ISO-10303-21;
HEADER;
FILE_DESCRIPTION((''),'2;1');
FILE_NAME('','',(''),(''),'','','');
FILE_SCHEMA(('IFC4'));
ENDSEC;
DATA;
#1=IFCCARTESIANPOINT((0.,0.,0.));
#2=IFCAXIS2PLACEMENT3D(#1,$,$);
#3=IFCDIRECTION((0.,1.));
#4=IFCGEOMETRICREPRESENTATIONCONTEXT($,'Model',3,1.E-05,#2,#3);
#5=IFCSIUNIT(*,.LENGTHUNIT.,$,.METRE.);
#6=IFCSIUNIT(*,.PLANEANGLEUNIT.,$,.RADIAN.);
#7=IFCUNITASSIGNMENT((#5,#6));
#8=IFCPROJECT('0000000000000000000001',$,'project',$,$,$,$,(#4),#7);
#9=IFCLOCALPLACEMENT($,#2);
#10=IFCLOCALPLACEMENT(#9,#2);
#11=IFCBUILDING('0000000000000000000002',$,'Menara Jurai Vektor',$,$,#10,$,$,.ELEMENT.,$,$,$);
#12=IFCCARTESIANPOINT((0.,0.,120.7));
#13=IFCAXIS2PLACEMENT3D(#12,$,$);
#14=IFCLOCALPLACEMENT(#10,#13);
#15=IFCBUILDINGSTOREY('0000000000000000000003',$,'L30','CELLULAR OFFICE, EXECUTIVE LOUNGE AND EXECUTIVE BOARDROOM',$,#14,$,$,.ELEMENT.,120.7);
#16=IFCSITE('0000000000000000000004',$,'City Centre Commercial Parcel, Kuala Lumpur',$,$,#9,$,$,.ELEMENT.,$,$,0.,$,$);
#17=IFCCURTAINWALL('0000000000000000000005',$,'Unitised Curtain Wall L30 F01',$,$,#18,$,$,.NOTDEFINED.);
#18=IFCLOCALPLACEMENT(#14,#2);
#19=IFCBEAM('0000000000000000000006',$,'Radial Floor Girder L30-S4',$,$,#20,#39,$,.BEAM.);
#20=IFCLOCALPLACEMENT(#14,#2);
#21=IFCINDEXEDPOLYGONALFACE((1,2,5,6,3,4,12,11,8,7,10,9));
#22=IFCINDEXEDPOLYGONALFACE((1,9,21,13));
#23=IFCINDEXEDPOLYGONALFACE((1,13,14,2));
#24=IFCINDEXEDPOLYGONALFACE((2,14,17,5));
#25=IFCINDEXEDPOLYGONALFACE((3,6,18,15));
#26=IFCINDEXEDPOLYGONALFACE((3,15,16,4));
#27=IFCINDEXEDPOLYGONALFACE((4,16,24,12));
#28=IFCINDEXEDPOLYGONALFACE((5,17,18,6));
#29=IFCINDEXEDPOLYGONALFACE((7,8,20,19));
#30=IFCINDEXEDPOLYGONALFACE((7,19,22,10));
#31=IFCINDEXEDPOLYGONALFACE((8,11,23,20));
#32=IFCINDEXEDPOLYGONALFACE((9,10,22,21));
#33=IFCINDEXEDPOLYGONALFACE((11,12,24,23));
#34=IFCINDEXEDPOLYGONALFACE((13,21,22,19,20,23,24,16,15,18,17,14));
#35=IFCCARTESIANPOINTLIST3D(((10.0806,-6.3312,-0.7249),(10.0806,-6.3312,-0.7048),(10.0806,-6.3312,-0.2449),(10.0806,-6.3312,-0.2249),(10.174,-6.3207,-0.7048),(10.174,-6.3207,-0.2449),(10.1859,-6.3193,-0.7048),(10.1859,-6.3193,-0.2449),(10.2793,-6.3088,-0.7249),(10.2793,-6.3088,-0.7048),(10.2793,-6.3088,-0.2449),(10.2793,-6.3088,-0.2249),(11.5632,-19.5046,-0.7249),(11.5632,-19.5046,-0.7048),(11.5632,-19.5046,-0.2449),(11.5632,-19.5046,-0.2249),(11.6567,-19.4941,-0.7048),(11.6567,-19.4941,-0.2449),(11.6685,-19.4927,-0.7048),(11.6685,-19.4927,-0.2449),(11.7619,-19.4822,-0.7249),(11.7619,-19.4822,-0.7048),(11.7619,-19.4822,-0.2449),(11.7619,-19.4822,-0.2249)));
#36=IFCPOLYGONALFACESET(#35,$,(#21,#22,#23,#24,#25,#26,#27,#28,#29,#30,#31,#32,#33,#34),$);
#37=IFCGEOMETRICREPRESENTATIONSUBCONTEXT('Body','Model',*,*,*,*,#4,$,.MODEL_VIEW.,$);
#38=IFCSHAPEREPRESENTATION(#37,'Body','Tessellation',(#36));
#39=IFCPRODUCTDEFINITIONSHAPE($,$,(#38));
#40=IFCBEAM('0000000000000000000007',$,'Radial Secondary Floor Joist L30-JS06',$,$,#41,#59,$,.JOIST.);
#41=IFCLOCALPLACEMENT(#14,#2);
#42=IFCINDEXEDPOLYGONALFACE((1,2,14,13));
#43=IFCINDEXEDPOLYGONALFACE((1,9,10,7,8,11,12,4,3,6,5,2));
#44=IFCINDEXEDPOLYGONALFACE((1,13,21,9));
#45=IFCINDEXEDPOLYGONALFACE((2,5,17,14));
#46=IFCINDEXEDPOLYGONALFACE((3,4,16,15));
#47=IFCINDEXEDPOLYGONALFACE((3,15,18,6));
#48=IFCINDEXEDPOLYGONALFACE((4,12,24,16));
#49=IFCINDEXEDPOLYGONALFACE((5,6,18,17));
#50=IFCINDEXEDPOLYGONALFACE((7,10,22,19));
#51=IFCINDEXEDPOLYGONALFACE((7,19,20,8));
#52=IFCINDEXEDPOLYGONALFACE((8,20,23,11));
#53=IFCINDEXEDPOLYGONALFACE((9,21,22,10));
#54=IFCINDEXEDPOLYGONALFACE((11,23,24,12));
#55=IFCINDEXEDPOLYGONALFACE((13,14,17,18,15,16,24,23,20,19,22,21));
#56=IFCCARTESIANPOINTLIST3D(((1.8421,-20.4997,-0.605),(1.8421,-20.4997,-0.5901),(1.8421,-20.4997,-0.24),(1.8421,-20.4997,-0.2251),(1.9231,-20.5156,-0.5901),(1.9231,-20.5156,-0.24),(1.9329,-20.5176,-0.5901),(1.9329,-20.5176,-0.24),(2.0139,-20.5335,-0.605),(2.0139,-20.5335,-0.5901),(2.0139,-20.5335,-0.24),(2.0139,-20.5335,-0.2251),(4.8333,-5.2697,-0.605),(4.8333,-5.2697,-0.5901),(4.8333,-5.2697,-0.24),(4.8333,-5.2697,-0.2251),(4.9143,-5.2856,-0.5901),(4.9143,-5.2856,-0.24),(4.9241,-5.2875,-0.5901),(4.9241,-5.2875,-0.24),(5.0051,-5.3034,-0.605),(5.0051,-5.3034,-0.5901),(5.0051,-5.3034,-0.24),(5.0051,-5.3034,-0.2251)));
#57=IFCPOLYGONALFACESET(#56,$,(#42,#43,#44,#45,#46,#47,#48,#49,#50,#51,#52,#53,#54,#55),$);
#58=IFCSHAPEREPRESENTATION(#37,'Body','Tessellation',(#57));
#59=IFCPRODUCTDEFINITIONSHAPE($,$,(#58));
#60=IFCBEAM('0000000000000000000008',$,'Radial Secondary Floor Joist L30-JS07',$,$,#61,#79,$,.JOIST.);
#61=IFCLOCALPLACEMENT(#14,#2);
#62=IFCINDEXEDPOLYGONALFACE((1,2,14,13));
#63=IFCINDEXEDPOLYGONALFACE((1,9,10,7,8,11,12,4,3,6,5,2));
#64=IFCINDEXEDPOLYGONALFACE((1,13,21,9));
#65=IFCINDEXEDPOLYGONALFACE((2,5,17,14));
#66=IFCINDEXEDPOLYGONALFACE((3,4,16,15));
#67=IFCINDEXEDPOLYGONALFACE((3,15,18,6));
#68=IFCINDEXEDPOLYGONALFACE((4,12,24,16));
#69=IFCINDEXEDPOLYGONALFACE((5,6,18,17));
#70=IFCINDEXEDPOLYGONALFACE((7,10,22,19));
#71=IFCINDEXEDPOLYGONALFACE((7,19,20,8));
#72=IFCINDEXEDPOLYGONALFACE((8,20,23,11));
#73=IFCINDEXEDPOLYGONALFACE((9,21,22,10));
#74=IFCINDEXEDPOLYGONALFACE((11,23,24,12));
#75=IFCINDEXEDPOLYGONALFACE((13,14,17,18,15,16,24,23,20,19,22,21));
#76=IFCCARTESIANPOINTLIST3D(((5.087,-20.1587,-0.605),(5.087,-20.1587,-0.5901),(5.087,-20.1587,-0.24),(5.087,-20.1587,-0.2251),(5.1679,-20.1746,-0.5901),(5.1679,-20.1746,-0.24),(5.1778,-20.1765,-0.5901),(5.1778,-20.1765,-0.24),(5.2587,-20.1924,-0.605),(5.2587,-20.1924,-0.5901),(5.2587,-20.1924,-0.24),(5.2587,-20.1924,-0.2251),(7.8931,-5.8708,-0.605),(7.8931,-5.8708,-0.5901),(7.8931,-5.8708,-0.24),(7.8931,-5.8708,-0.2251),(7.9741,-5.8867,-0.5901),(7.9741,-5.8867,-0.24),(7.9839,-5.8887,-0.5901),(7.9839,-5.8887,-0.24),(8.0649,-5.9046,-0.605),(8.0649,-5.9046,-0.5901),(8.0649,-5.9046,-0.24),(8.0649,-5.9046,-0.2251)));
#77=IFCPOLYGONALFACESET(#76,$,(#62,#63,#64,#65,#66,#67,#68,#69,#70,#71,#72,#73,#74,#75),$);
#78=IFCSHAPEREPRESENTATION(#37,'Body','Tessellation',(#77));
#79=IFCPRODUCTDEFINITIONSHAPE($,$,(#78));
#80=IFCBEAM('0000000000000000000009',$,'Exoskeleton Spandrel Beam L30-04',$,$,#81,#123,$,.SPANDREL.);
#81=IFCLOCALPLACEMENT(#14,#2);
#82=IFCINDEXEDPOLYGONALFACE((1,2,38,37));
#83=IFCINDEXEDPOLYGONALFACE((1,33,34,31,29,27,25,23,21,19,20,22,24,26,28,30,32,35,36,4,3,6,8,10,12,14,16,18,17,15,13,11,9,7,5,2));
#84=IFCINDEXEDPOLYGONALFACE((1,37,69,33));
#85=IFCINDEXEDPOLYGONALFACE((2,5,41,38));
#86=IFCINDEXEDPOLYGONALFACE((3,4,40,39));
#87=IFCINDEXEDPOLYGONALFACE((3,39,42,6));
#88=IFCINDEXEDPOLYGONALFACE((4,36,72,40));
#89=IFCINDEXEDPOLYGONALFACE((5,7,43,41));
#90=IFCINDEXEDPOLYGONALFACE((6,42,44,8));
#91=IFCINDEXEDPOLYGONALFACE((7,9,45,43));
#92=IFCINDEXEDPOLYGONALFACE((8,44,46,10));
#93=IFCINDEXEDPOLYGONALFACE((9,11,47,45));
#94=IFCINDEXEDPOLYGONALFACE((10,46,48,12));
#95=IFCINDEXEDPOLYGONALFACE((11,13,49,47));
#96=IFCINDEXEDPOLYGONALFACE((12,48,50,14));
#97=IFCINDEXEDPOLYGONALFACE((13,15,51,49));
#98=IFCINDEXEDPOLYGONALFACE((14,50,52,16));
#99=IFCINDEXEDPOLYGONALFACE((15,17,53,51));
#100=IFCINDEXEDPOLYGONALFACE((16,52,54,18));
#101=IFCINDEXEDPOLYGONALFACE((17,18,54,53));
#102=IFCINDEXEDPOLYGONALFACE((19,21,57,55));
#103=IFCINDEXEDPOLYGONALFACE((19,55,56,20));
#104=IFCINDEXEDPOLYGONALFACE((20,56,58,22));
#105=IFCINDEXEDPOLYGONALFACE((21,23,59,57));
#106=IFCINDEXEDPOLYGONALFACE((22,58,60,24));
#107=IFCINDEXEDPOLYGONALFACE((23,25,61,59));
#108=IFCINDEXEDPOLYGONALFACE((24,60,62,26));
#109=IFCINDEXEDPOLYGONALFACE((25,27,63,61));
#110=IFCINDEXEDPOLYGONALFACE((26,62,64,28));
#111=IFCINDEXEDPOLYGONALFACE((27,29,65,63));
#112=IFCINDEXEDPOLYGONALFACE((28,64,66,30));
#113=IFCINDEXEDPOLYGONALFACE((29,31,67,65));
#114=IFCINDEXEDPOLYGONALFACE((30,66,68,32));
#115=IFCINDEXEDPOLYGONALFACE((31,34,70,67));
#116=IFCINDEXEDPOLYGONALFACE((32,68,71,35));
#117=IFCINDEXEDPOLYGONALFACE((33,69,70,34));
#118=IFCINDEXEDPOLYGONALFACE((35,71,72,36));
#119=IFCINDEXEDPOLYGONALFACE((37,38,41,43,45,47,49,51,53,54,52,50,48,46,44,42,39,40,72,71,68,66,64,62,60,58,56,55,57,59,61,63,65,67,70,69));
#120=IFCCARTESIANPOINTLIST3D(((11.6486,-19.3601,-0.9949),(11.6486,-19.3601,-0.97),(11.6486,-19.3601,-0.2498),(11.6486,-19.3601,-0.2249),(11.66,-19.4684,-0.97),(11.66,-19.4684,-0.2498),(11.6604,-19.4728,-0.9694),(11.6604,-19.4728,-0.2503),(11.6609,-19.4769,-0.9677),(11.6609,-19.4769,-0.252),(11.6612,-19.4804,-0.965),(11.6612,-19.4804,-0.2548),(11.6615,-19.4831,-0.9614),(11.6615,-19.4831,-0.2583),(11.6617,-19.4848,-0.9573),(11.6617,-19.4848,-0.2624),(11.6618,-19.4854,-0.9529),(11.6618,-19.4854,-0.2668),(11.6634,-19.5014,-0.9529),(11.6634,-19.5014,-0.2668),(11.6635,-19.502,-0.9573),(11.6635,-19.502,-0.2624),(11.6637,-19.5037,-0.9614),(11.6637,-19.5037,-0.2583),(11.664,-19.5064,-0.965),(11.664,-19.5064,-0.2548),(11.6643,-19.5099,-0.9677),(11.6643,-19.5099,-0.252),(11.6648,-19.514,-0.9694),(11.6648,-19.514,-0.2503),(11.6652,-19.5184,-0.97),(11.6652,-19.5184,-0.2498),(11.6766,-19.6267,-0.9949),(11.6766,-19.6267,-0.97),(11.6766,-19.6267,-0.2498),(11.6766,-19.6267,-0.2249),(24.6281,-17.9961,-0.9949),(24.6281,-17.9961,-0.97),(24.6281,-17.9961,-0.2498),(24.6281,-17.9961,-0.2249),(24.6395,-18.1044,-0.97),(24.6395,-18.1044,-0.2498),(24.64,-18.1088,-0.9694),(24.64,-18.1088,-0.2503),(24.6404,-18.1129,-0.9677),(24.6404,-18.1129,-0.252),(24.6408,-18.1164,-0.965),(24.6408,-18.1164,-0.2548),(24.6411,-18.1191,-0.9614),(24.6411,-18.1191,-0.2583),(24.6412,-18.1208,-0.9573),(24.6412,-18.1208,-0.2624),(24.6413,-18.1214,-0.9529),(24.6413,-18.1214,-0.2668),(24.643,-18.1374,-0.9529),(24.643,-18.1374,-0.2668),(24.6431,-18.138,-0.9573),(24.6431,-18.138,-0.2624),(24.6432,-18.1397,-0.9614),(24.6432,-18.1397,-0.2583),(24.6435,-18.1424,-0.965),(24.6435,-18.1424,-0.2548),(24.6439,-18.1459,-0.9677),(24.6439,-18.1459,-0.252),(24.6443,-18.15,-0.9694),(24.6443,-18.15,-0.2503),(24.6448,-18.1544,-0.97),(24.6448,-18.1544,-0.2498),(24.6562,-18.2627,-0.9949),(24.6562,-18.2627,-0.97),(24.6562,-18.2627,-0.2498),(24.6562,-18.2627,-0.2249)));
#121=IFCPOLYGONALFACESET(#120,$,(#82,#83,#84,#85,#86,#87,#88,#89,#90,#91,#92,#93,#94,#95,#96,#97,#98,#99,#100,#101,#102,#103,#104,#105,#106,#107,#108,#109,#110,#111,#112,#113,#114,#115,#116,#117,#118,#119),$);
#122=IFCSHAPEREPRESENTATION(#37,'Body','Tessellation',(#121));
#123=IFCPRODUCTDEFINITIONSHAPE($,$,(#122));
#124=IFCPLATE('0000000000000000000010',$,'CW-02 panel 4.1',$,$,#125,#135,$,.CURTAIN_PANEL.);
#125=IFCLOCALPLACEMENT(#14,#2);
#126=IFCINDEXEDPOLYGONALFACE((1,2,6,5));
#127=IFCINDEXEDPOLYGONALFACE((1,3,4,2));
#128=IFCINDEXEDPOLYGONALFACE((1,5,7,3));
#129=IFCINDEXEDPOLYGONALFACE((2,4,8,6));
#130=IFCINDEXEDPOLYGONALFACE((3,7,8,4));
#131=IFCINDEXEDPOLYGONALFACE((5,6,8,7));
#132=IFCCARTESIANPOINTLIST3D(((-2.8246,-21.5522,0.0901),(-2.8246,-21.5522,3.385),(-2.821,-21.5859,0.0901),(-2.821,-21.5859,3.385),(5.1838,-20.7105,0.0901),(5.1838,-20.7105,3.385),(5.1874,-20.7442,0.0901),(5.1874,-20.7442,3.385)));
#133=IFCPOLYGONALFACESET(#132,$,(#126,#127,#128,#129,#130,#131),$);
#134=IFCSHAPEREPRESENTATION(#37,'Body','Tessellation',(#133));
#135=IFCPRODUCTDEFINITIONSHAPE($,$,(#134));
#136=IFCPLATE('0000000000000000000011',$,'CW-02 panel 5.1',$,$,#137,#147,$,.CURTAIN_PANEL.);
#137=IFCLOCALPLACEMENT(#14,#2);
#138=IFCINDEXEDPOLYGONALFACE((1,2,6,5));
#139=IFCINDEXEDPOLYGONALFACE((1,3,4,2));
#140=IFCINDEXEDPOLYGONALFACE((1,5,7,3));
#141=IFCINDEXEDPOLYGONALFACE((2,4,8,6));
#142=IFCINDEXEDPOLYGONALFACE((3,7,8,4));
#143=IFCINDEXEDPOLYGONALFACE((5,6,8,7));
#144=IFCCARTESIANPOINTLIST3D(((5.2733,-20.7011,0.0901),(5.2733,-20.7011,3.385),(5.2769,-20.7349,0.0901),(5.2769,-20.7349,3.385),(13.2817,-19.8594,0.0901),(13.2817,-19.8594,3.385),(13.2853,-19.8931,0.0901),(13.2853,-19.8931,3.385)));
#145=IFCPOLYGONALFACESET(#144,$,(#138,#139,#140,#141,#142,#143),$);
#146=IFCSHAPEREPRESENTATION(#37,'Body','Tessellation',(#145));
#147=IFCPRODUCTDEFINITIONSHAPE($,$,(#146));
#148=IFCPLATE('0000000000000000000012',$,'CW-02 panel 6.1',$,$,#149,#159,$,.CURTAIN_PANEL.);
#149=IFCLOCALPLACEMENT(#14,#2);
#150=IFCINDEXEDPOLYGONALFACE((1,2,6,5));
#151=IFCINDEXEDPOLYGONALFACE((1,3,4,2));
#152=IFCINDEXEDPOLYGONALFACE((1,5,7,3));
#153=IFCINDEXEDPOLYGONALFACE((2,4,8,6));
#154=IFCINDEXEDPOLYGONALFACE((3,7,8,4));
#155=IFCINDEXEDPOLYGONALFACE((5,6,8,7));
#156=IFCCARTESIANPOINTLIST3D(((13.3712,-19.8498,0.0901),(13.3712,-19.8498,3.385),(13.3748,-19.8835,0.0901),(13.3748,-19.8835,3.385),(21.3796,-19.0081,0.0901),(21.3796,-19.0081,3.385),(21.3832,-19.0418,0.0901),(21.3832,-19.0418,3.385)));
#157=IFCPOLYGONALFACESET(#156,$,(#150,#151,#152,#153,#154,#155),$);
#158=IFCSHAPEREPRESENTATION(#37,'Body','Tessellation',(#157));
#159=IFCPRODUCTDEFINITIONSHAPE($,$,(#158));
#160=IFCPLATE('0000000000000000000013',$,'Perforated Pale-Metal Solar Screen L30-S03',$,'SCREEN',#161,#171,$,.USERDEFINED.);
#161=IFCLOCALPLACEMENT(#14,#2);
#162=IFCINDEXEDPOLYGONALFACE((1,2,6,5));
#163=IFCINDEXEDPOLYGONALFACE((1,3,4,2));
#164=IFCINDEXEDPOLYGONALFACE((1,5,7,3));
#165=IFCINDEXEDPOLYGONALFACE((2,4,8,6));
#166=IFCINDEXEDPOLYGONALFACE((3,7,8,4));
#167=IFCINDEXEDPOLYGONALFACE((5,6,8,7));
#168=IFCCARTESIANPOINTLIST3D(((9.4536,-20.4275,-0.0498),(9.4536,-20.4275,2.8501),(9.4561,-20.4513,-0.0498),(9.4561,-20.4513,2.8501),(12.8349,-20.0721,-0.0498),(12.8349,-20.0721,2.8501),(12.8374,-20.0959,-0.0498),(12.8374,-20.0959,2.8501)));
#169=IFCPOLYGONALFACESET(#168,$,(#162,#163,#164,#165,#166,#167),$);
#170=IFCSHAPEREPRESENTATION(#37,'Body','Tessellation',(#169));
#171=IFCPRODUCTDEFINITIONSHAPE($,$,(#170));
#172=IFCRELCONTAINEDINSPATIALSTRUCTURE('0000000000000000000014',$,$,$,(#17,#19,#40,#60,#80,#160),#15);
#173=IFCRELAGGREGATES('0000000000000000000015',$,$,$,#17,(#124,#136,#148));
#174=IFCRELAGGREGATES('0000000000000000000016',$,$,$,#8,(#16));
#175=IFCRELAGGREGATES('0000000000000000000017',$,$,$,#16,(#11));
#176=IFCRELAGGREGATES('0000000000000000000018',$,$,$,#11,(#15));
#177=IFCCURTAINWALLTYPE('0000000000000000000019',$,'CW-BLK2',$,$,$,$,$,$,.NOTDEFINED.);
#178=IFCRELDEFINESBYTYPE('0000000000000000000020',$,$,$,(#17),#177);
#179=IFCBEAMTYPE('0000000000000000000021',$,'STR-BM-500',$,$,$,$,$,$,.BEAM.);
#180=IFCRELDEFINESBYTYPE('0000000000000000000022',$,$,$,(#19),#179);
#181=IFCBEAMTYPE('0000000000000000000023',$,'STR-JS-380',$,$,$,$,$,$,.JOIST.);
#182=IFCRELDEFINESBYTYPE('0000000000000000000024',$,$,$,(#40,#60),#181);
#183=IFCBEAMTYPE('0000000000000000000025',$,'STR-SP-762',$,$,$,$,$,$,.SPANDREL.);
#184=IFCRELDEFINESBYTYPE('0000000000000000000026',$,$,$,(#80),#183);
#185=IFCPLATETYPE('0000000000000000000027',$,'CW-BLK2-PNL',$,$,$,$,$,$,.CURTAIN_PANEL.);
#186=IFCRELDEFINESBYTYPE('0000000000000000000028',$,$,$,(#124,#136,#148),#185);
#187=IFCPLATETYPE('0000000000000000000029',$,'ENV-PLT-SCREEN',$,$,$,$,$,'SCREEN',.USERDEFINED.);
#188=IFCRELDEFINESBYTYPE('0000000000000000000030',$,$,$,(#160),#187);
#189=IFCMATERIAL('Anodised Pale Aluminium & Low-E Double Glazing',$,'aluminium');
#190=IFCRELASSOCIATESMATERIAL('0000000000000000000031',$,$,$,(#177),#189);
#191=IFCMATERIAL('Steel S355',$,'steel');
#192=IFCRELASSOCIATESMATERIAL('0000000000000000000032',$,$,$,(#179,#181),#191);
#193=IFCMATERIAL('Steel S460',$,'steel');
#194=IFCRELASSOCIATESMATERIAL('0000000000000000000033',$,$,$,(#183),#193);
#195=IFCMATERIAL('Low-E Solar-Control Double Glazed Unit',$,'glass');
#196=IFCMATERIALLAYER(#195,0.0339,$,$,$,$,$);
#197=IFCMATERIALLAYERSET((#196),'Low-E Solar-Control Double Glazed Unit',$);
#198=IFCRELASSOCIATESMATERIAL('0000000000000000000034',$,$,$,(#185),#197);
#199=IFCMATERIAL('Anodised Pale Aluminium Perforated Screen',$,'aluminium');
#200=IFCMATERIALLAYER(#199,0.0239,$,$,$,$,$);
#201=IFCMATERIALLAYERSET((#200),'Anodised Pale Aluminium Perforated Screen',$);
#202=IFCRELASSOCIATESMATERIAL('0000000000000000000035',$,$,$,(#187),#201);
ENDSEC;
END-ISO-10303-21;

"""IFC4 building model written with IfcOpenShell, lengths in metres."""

from ifc_helpers import new_model, si_unit, direction, frame, origin, origin_2d, place, context, subcontext, project, spatial, rectangle, i_section, extrude, material, layer, layer_set, material_profile, profile_set, type_object, element, aggregate, save


model = new_model("IFC4")

# Units and contexts
model_context = context("Model", 3, precision=1e-05, world=origin(), true_north=direction((0.0, 1.0)))
body_context = subcontext(model_context, "Body", "Model", "MODEL_VIEW")
ifc_project = project(units=[si_unit("LENGTHUNIT", "METRE"), si_unit("PLANEANGLEUNIT", "RADIAN")], contexts=[model_context])

# Site, building, storey
site_placement = place(None, origin())
site = spatial("IfcSite", under=ifc_project, at=site_placement, Name="City Centre Commercial Parcel, Kuala Lumpur", CompositionType="ELEMENT", RefElevation=0.0)
building_placement = place(site_placement, origin())
building = spatial("IfcBuilding", under=site, at=building_placement, Name="Menara Jurai Vektor", CompositionType="ELEMENT")
storey_placement = place(building_placement, frame((0.0, 0.0, 120.7)))
storey = spatial("IfcBuildingStorey", under=building, at=storey_placement, Name="L30", Description="CELLULAR OFFICE, EXECUTIVE LOUNGE AND EXECUTIVE BOARDROOM", CompositionType="ELEMENT", Elevation=120.7)

# Shared definitions
ifc_material_1 = material(Name="Steel S460", Category="steel")

# Curtain wall
ifc_material_2 = material(Name="Anodised Pale Aluminium & Low-E Double Glazing", Category="aluminium")
curtain_wall_type = type_object("IfcCurtainWallType", Name="CW-BLK2", PredefinedType="NOTDEFINED", material=ifc_material_2)
curtain_wall_placement = place(storey_placement, origin())
curtain_wall = element("IfcCurtainWall", 1, at=curtain_wall_placement, inside=storey, type_object=curtain_wall_type, Name="Unitised Curtain Wall L30 F01", PredefinedType="NOTDEFINED")

# Beams
ifc_material_3 = material(Name="Steel S355", Category="steel")
ifc_material_profile_1 = material_profile(ifc_material_3, i_section(OverallWidth=0.2, OverallDepth=0.5, WebThickness=0.012, FlangeThickness=0.02, at=origin_2d()), Name="PG 500x200x96")
ifc_profile_set_1 = profile_set([ifc_material_profile_1], Name="Steel S355")
beam_type_1 = type_object("IfcBeamType", Name="STR-BM-500", PredefinedType="BEAM", material=ifc_profile_set_1)
beam_1_placement = place(storey_placement, frame((11.6626, -19.4934, -0.4749), z_axis=(-0.111844, 0.993726, 0.0), x_axis=(-0.993726, -0.111844, 0.0)))
element("IfcBeam", 2, at=beam_1_placement, inside=storey, type_object=beam_type_1, Name="Radial Floor Girder L30-S4", PredefinedType="BEAM", context=body_context, shape_type="SweptSolid", body=[
    extrude(i_section(OverallWidth=0.2, OverallDepth=0.5, WebThickness=0.012, FlangeThickness=0.02, at=origin_2d()), origin(), (0.0, 0.0, 1.0), 13.2566),
])
ifc_material_profile_2 = material_profile(ifc_material_3, i_section(OverallWidth=0.175, OverallDepth=0.3799, WebThickness=0.01, FlangeThickness=0.0149, at=origin_2d()), Name="PG 380x175x58")
ifc_profile_set_2 = profile_set([ifc_material_profile_2], Name="Steel S355")
beam_type_2 = type_object("IfcBeamType", Name="STR-JS-380", PredefinedType="JOIST", material=ifc_profile_set_2)
beam_2_placement = place(storey_placement, frame((1.928, -20.5166, -0.415), z_axis=(0.192721, 0.981254, 0.0), x_axis=(-0.981254, 0.192721, 0.0)))
element("IfcBeam", 3, at=beam_2_placement, inside=storey, type_object=beam_type_2, Name="Radial Secondary Floor Joist L30-JS06", PredefinedType="JOIST", context=body_context, shape_type="SweptSolid", body=[
    extrude(i_section(OverallWidth=0.175, OverallDepth=0.3799, WebThickness=0.01, FlangeThickness=0.0149, at=origin_2d()), origin(), (0.0, 0.0, 1.0), 15.521),
])
beam_3_placement = place(storey_placement, frame((5.1729, -20.1755, -0.415), z_axis=(0.19272, 0.981254, 0.0), x_axis=(-0.981254, 0.19272, 0.0)))
element("IfcBeam", 4, at=beam_3_placement, inside=storey, type_object=beam_type_2, Name="Radial Secondary Floor Joist L30-JS07", PredefinedType="JOIST", context=body_context, shape_type="SweptSolid", body=[
    extrude(i_section(OverallWidth=0.175, OverallDepth=0.3799, WebThickness=0.01, FlangeThickness=0.0149, at=origin_2d()), origin(), (0.0, 0.0, 1.0), 14.5608),
])
ifc_material_profile_3 = material_profile(ifc_material_1, i_section(OverallWidth=0.2681, OverallDepth=0.77, WebThickness=0.0161, FlangeThickness=0.0249, FilletRadius=0.0171, at=origin_2d()), Name="UKB 762x267x197")
ifc_profile_set_3 = profile_set([ifc_material_profile_3], Name="Steel S460")
beam_type_3 = type_object("IfcBeamType", Name="STR-SP-762", PredefinedType="SPANDREL", material=ifc_profile_set_3)
beam_4_placement = place(storey_placement, frame((11.6626, -19.4934, -0.6099), z_axis=(0.994523, 0.104514, 0.0), x_axis=(-0.104514, 0.994523, 0.0)))
element("IfcBeam", 5, at=beam_4_placement, inside=storey, type_object=beam_type_3, Name="Exoskeleton Spandrel Beam L30-04", PredefinedType="SPANDREL", context=body_context, shape_type="SweptSolid", body=[
    extrude(i_section(OverallWidth=0.2681, OverallDepth=0.77, WebThickness=0.0161, FlangeThickness=0.0249, FilletRadius=0.0171, at=origin_2d()), origin(), (0.0, 0.0, 1.0), 13.051),
])

# Plates
ifc_material_4 = material(Name="Low-E Solar-Control Double Glazed Unit", Category="glass")
ifc_layer_1 = layer(ifc_material_4, 0.0339)
ifc_layer_set_1 = layer_set([ifc_layer_1], Name="Low-E Solar-Control Double Glazed Unit")
plate_type_1 = type_object("IfcPlateType", Name="CW-BLK2-PNL", PredefinedType="CURTAIN_PANEL", material=ifc_layer_set_1)
plate_1_placement = place(storey_placement, frame((1.1814, -21.1482, 0.0901), z_axis=(0.0, 0.0, 1.0), x_axis=(0.994522, 0.104529, 0.0)))
plate_1 = element("IfcPlate", 6, at=plate_1_placement, type_object=plate_type_1, Name="CW-02 panel 4.1", PredefinedType="CURTAIN_PANEL", context=body_context, shape_type="SweptSolid", body=[
    extrude(rectangle(XDim=8.0525, YDim=0.0339, at=origin_2d()), origin(), (0.0, 0.0, 1.0), 3.2949),
])
plate_2_placement = place(storey_placement, frame((9.2793, -20.2971, 0.0901), z_axis=(0.0, 0.0, 1.0), x_axis=(0.994522, 0.104529, 0.0)))
plate_2 = element("IfcPlate", 7, at=plate_2_placement, type_object=plate_type_1, Name="CW-02 panel 5.1", PredefinedType="CURTAIN_PANEL", context=body_context, shape_type="SweptSolid", body=[
    extrude(rectangle(XDim=8.0525, YDim=0.0339, at=origin_2d()), origin(), (0.0, 0.0, 1.0), 3.2949),
])
plate_3_placement = place(storey_placement, frame((17.3772, -19.4458, 0.0901), z_axis=(0.0, 0.0, 1.0), x_axis=(0.994522, 0.104529, 0.0)))
plate_3 = element("IfcPlate", 8, at=plate_3_placement, type_object=plate_type_1, Name="CW-02 panel 6.1", PredefinedType="CURTAIN_PANEL", context=body_context, shape_type="SweptSolid", body=[
    extrude(rectangle(XDim=8.0525, YDim=0.0339, at=origin_2d()), origin(), (0.0, 0.0, 1.0), 3.2949),
])
aggregate(curtain_wall, [plate_1, plate_2, plate_3])
ifc_material_5 = material(Name="Anodised Pale Aluminium Perforated Screen", Category="aluminium")
ifc_layer_2 = layer(ifc_material_5, 0.0239)
ifc_layer_set_2 = layer_set([ifc_layer_2], Name="Anodised Pale Aluminium Perforated Screen")
plate_type_2 = type_object("IfcPlateType", Name="ENV-PLT-SCREEN", ElementType="SCREEN", PredefinedType="USERDEFINED", material=ifc_layer_set_2)
plate_4_placement = place(storey_placement, frame((11.1455, -20.2617, -0.0498), z_axis=(0.0, 0.0, 1.0), x_axis=(0.994522, 0.104528, 0.0)))
element("IfcPlate", 9, at=plate_4_placement, inside=storey, type_object=plate_type_2, Name="Perforated Pale-Metal Solar Screen L30-S03", ObjectType="SCREEN", PredefinedType="USERDEFINED", context=body_context, shape_type="SweptSolid", body=[
    extrude(rectangle(XDim=3.3999, YDim=0.0239, at=origin_2d()), origin(), (0.0, 0.0, 1.0), 2.8999),
])

save(model, "model.ifc")
